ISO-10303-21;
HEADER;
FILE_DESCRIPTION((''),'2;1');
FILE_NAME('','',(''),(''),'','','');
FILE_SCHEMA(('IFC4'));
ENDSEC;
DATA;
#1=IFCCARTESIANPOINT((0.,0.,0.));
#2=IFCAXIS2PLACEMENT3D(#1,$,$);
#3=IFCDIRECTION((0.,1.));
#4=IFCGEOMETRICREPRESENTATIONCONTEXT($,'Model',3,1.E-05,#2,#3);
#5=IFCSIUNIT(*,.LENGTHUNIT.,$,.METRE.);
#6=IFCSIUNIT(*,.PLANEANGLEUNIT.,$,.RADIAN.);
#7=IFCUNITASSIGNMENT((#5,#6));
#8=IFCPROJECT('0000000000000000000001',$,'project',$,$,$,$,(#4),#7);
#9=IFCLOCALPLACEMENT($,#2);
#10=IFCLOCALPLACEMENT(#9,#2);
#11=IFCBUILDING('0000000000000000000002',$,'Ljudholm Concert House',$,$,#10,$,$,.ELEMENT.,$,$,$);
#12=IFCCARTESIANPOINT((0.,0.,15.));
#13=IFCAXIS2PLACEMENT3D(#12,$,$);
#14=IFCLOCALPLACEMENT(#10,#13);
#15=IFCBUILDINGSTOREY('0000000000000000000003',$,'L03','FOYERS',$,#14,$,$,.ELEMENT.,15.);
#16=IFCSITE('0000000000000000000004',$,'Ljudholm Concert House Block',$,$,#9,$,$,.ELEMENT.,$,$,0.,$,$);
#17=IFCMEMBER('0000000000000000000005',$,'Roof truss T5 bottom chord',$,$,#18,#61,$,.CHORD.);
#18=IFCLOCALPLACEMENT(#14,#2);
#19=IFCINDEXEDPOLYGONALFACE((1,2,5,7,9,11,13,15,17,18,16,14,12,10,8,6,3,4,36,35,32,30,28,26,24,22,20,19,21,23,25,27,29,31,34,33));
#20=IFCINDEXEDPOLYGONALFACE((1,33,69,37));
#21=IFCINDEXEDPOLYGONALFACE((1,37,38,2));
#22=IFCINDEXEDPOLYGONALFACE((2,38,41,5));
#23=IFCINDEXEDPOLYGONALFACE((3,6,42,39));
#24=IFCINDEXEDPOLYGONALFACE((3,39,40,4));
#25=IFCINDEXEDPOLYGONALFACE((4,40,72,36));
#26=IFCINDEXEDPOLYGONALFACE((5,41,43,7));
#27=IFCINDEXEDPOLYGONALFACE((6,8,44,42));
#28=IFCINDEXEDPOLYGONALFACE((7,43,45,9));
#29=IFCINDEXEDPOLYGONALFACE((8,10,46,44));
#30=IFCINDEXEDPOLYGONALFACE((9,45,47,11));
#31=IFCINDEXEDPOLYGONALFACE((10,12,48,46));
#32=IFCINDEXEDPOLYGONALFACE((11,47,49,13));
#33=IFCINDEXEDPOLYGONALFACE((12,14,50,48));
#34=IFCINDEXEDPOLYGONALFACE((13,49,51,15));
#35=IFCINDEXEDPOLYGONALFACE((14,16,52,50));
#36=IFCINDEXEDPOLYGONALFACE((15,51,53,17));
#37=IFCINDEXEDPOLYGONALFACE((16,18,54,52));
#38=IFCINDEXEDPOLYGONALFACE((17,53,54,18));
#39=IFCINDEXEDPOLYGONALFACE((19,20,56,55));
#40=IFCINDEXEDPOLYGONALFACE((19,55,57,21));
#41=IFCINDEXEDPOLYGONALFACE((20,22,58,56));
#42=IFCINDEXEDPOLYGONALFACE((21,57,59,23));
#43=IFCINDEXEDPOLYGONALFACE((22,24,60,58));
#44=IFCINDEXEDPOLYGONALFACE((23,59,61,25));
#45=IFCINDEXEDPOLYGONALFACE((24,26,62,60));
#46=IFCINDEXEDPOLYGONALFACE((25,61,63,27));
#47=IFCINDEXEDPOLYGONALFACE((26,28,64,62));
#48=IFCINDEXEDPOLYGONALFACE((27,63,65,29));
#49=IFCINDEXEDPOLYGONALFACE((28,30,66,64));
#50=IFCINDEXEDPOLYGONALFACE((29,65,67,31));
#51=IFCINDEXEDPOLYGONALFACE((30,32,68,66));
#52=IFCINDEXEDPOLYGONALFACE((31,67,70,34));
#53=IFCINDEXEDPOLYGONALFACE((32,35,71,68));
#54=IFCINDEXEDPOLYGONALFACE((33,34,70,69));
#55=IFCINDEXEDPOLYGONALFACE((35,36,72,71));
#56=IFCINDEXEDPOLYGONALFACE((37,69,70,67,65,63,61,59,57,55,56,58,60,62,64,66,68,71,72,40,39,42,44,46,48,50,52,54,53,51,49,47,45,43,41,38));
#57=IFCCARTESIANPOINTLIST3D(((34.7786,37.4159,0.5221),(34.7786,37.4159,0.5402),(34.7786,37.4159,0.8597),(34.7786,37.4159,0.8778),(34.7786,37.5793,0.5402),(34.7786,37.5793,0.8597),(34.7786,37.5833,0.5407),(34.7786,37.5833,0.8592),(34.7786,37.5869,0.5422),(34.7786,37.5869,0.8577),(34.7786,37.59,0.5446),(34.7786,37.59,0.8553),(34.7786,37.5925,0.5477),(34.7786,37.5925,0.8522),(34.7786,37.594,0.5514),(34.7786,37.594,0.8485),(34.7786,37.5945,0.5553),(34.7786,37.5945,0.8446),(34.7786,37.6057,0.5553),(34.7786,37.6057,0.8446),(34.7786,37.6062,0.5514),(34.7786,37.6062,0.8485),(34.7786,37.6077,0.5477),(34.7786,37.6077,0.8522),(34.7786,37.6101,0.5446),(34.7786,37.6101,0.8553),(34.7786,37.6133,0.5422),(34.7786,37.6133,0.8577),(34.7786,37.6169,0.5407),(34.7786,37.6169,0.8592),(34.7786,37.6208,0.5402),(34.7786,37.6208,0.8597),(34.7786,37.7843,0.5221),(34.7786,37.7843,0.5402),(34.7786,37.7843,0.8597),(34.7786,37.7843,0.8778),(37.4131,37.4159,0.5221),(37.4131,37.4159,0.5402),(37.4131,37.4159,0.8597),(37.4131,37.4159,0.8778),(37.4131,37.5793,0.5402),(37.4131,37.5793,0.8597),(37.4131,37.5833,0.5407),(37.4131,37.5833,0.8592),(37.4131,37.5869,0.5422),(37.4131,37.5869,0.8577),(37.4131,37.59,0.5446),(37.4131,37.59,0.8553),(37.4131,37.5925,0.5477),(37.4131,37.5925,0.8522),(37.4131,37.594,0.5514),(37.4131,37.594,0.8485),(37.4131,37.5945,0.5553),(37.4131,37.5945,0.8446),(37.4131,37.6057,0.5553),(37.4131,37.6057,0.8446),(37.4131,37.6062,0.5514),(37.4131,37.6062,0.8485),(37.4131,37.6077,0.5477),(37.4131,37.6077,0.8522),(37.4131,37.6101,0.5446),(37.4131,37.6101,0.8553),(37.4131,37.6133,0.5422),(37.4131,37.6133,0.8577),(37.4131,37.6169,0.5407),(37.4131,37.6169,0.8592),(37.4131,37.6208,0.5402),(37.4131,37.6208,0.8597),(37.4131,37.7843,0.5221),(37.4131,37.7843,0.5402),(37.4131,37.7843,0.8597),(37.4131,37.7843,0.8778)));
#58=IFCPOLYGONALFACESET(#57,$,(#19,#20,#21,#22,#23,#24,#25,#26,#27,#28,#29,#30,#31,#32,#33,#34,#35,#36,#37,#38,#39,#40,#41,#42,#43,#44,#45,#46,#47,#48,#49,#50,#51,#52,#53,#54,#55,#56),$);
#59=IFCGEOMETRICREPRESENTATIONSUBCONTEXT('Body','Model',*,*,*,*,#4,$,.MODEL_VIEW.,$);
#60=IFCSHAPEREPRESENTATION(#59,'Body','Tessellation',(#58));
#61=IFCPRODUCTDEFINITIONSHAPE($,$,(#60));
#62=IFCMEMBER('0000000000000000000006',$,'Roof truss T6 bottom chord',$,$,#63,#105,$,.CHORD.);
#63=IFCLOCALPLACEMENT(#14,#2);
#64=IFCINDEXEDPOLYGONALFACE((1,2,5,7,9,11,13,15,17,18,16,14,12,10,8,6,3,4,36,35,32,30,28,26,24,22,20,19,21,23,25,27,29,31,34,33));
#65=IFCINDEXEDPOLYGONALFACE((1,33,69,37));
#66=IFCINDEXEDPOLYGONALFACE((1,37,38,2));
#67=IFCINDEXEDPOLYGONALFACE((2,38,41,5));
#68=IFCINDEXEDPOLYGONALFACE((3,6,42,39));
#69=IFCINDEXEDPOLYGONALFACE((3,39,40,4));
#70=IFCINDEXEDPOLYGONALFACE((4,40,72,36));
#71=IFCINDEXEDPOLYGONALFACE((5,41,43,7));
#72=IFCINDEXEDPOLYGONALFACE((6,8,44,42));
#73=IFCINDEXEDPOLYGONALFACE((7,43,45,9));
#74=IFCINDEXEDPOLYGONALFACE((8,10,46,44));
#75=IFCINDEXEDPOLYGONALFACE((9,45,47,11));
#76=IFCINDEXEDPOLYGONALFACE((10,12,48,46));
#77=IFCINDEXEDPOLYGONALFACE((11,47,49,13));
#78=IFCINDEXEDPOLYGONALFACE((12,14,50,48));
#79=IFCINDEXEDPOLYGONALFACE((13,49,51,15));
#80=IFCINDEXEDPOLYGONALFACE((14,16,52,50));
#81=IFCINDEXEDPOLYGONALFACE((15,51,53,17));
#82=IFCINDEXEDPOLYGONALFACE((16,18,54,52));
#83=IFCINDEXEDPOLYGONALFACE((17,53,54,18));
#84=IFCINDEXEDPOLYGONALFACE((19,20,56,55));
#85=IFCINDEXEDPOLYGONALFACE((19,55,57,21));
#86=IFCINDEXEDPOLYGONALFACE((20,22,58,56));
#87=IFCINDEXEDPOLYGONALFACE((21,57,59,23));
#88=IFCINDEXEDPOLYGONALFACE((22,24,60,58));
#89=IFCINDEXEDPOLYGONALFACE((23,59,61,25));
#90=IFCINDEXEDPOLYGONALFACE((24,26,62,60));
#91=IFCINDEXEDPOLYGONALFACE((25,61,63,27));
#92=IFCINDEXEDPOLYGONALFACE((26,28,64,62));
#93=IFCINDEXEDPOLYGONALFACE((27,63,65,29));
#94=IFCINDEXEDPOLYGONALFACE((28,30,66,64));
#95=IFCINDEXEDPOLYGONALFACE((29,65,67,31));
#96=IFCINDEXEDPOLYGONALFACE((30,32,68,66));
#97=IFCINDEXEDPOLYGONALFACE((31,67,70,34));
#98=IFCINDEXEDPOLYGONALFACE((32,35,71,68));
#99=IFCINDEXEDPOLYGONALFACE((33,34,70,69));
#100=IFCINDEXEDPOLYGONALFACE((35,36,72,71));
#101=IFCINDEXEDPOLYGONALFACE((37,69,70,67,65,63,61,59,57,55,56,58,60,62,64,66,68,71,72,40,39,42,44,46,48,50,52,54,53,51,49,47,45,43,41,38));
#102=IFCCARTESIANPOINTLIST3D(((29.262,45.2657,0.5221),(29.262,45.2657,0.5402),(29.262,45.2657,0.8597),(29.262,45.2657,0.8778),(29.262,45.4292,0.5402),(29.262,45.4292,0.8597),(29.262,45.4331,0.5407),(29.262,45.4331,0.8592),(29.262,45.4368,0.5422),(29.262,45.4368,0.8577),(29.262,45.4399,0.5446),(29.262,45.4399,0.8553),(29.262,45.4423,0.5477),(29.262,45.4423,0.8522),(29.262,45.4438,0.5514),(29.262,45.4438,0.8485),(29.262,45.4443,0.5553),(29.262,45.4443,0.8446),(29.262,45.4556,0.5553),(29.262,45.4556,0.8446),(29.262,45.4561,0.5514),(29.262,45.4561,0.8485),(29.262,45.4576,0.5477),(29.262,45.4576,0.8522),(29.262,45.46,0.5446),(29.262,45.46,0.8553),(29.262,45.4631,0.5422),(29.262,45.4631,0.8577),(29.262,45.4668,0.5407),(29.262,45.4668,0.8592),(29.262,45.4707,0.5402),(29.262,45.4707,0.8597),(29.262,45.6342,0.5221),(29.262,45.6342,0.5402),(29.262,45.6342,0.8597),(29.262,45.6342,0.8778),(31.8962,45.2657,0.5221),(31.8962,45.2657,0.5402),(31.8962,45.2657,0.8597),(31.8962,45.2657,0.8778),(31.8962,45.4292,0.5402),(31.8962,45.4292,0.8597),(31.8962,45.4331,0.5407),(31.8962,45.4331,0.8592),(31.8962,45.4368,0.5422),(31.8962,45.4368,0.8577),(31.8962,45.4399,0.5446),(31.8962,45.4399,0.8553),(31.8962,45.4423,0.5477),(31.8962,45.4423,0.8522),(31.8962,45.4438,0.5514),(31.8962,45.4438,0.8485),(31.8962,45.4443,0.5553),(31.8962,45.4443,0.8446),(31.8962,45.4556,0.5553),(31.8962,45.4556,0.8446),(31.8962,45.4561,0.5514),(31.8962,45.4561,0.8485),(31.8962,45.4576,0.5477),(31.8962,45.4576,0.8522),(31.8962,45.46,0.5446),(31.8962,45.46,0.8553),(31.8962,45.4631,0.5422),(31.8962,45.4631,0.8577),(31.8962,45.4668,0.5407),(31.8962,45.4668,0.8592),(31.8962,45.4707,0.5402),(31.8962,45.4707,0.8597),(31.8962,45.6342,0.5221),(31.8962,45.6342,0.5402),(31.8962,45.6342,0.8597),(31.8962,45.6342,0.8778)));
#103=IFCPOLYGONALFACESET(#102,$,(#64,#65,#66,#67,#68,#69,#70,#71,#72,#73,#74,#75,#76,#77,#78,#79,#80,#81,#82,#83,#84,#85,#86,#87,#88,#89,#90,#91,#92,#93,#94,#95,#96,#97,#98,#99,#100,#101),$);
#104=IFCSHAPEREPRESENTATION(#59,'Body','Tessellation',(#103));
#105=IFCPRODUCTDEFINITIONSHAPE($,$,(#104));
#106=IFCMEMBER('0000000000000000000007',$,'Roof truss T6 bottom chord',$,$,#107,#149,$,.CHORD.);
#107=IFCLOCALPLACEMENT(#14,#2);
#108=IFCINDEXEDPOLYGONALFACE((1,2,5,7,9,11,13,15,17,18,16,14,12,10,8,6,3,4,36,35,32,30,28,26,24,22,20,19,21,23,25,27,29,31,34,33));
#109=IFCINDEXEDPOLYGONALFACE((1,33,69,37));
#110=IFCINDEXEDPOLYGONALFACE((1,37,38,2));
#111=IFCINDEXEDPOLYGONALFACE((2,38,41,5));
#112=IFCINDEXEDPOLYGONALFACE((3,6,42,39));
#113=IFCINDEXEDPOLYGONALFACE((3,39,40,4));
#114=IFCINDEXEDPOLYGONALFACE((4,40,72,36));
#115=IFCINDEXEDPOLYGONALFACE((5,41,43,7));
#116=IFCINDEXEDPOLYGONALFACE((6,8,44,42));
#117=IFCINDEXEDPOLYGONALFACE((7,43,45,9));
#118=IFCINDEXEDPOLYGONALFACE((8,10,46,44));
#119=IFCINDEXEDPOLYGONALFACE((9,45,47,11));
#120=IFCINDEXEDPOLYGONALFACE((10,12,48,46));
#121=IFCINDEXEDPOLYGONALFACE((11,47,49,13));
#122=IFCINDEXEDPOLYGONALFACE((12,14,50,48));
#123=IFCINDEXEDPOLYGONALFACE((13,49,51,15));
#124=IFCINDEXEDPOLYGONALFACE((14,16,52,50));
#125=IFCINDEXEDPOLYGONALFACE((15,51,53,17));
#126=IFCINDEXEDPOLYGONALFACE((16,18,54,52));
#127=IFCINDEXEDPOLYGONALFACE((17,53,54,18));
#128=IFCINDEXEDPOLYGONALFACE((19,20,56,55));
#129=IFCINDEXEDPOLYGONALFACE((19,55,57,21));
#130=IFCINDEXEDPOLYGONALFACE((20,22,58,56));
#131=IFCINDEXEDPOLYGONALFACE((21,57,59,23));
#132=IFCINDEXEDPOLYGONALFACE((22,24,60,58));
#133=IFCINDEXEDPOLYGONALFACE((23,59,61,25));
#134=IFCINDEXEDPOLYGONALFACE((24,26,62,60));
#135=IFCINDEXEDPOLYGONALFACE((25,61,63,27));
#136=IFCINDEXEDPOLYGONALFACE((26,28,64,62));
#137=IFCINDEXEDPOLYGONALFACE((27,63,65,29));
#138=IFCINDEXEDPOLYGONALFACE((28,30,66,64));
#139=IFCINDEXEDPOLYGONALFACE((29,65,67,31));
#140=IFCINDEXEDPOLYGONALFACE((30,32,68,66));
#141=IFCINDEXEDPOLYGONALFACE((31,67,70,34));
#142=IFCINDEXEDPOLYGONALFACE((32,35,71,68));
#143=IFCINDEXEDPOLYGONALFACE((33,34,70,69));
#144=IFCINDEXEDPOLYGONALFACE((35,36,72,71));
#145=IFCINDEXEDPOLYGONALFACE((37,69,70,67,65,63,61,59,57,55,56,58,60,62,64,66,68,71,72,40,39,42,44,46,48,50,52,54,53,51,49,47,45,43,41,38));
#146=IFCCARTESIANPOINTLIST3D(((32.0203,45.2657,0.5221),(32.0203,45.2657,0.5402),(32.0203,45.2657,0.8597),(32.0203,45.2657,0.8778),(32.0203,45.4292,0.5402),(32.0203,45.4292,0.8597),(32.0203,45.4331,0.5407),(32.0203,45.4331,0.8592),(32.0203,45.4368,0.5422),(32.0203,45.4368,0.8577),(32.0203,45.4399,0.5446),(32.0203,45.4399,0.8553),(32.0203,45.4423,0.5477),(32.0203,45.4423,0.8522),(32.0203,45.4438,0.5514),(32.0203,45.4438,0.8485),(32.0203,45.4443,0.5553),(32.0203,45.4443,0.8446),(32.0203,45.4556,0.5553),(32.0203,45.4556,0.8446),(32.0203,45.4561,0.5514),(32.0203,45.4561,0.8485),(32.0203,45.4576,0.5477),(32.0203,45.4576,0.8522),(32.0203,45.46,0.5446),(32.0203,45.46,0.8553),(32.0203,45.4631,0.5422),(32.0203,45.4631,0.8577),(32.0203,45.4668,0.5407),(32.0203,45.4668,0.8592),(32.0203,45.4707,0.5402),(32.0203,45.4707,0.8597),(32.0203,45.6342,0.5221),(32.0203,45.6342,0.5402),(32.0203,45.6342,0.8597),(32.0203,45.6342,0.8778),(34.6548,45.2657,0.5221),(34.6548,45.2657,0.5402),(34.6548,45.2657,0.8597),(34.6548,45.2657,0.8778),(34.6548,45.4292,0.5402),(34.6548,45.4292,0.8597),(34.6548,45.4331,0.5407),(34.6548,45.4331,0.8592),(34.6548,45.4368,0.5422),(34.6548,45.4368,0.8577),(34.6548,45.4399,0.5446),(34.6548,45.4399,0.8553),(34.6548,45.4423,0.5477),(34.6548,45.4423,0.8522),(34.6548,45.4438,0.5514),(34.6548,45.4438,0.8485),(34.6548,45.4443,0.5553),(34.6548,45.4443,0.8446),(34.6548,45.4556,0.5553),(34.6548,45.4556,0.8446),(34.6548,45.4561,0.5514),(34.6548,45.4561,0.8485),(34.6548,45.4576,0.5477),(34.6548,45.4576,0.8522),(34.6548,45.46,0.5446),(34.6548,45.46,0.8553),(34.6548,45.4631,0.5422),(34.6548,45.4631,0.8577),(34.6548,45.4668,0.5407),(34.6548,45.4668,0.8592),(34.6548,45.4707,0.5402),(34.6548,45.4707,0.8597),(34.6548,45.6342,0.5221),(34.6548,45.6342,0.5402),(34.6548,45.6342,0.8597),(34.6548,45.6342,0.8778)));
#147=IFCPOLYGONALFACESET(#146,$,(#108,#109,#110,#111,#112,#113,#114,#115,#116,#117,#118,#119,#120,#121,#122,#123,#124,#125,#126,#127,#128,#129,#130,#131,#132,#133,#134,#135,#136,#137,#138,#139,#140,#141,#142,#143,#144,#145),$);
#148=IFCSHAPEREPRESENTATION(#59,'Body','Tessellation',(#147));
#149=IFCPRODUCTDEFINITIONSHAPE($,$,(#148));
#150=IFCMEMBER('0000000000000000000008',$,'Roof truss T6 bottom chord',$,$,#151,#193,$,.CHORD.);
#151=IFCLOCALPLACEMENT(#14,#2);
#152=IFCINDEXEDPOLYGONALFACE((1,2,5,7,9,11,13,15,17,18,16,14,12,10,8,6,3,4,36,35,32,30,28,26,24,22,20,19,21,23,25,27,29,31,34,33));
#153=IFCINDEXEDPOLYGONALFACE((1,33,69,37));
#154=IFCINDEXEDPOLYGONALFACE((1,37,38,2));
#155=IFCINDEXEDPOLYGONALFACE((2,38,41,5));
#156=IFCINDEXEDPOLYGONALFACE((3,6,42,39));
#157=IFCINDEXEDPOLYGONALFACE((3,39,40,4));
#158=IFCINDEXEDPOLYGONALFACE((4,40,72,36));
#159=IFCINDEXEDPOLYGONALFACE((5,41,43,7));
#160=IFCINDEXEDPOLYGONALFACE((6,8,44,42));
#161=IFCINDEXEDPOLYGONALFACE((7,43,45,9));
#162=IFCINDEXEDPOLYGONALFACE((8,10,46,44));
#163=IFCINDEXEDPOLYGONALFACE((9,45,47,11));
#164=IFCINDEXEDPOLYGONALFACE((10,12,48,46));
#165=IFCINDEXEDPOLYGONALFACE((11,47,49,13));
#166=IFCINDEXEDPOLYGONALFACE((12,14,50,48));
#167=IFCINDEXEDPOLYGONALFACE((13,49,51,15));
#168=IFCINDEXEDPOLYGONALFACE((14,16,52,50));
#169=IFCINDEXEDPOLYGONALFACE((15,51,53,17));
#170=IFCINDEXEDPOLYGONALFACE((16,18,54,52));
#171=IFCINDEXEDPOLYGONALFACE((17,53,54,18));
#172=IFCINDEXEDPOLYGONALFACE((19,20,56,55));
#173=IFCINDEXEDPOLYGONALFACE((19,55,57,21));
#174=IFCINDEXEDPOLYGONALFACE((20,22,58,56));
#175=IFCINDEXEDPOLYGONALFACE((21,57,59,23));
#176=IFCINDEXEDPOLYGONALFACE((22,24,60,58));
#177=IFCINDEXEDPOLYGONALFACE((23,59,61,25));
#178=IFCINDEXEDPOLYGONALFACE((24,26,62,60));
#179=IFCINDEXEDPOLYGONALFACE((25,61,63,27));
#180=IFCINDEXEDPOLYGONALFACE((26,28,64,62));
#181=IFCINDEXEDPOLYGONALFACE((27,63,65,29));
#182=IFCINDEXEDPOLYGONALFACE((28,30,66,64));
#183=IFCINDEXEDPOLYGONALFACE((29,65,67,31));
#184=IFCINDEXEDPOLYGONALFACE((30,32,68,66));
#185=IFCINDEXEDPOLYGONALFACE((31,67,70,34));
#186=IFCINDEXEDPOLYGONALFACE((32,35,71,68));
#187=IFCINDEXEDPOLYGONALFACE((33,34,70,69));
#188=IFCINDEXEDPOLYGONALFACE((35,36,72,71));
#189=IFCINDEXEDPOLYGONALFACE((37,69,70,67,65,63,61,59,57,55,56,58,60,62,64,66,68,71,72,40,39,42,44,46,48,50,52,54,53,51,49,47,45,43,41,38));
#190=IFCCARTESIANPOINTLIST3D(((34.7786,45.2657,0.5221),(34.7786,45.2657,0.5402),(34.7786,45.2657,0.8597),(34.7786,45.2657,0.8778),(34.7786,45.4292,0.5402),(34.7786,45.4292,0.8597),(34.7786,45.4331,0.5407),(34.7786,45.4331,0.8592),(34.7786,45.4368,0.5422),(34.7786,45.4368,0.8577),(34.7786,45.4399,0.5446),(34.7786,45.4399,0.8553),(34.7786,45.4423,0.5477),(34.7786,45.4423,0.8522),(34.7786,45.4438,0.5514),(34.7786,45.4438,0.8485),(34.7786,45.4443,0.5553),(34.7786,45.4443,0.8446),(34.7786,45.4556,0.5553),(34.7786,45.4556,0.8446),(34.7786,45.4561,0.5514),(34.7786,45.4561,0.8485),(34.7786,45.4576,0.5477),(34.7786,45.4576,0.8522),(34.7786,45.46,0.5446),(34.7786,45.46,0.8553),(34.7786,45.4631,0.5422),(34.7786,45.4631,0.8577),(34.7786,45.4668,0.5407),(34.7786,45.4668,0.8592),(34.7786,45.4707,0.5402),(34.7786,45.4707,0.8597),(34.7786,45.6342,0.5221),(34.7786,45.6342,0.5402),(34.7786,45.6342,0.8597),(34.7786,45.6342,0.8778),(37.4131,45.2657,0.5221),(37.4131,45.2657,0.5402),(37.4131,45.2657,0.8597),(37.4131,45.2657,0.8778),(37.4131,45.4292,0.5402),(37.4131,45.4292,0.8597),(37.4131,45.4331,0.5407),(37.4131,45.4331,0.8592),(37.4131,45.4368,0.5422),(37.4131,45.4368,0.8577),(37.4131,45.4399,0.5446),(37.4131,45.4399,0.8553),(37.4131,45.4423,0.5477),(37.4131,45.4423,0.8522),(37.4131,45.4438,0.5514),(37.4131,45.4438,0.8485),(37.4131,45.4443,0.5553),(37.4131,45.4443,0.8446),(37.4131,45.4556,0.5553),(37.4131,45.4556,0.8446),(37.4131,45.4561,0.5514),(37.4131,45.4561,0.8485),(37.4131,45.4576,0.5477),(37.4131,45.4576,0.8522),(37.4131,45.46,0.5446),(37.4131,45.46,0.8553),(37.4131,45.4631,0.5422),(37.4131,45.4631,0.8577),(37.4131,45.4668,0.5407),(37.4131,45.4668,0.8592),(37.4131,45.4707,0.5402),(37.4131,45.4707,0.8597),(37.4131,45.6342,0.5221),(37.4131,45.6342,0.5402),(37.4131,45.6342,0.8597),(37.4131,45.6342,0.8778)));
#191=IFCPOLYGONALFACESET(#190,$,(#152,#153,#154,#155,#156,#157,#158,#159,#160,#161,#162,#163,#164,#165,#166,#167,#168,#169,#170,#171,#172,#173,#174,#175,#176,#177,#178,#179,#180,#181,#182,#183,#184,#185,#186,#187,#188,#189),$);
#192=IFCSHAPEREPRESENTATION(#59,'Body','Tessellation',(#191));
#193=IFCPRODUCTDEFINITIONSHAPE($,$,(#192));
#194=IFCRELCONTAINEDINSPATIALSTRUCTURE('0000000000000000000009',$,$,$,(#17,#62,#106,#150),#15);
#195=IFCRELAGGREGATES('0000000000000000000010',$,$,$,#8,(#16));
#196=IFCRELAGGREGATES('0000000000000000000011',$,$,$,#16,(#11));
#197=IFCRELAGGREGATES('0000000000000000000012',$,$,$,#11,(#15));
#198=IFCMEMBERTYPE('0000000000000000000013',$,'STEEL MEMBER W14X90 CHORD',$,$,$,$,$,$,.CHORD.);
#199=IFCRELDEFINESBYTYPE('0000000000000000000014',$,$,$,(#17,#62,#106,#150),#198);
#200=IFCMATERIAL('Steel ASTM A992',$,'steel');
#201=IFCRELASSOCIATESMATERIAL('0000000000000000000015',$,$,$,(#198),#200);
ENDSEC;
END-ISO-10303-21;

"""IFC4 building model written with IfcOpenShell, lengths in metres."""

from ifc_helpers import new_model, si_unit, direction, frame, origin, origin_2d, place, context, subcontext, project, spatial, i_section, extrude, material, material_profile, profile_set, type_object, element, save


model = new_model("IFC4")

# Units and contexts
model_context = context("Model", 3, precision=1e-05, world=origin(), true_north=direction((0.0, 1.0)))
body_context = subcontext(model_context, "Body", "Model", "MODEL_VIEW")
ifc_project = project(units=[si_unit("LENGTHUNIT", "METRE"), si_unit("PLANEANGLEUNIT", "RADIAN")], contexts=[model_context])

# Site, building, storey
site_placement = place(None, origin())
site = spatial("IfcSite", under=ifc_project, at=site_placement, Name="Ljudholm Concert House Block", CompositionType="ELEMENT", RefElevation=0.0)
building_placement = place(site_placement, origin())
building = spatial("IfcBuilding", under=site, at=building_placement, Name="Ljudholm Concert House", CompositionType="ELEMENT")
storey_placement = place(building_placement, frame((0.0, 0.0, 15.0)))
storey = spatial("IfcBuildingStorey", under=building, at=storey_placement, Name="L03", Description="FOYERS", CompositionType="ELEMENT", Elevation=15.0)

# Members
ifc_material_1 = material(Name="Steel ASTM A992", Category="steel")
ifc_material_profile_1 = material_profile(ifc_material_1, i_section(OverallWidth=0.3684, OverallDepth=0.3557, WebThickness=0.0112, FlangeThickness=0.0181, FilletRadius=0.0151, at=origin_2d()), Name="W14X90")
ifc_profile_set_1 = profile_set([ifc_material_profile_1], Name="Steel ASTM A992")
member_type_1 = type_object("IfcMemberType", Name="STEEL MEMBER W14X90 CHORD", PredefinedType="CHORD", material=ifc_profile_set_1)
for number, where, z_axis, x_axis, name in (
    (1, (34.7786, 37.6001, 0.7), (1.0, 0.0, 0.0), (0.0, 1.0, 0.0), "Roof truss T5 bottom chord"),
):
    element("IfcMember", number, at=place(storey_placement, frame(where, z_axis=z_axis, x_axis=x_axis)), inside=storey, type_object=member_type_1, Name=name, PredefinedType="CHORD", context=body_context, shape_type="SweptSolid", body=[
        extrude(i_section(OverallWidth=0.3684, OverallDepth=0.3557, WebThickness=0.0112, FlangeThickness=0.0181, FilletRadius=0.0151, at=origin_2d()), origin(), (0.0, 0.0, 1.0), 2.6345),
    ])
member_1_placement = place(storey_placement, frame((29.262, 45.45, 0.7), z_axis=(1.0, 0.0, 0.0), x_axis=(0.0, 1.0, 0.0)))
element("IfcMember", 2, at=member_1_placement, inside=storey, type_object=member_type_1, Name="Roof truss T6 bottom chord", PredefinedType="CHORD", context=body_context, shape_type="SweptSolid", body=[
    extrude(i_section(OverallWidth=0.3684, OverallDepth=0.3557, WebThickness=0.0112, FlangeThickness=0.0181, FilletRadius=0.0151, at=origin_2d()), origin(), (0.0, 0.0, 1.0), 2.6343),
])
for number, where, z_axis, x_axis, name in (
    (3, (32.0203, 45.45, 0.7), (1.0, 0.0, 0.0), (0.0, 1.0, 0.0), "Roof truss T6 bottom chord"),
    (4, (34.7786, 45.45, 0.7), (1.0, 0.0, 0.0), (0.0, 1.0, 0.0), "Roof truss T6 bottom chord"),
):
    element("IfcMember", number, at=place(storey_placement, frame(where, z_axis=z_axis, x_axis=x_axis)), inside=storey, type_object=member_type_1, Name=name, PredefinedType="CHORD", context=body_context, shape_type="SweptSolid", body=[
        extrude(i_section(OverallWidth=0.3684, OverallDepth=0.3557, WebThickness=0.0112, FlangeThickness=0.0181, FilletRadius=0.0151, at=origin_2d()), origin(), (0.0, 0.0, 1.0), 2.6345),
    ])

save(model, "model.ifc")
